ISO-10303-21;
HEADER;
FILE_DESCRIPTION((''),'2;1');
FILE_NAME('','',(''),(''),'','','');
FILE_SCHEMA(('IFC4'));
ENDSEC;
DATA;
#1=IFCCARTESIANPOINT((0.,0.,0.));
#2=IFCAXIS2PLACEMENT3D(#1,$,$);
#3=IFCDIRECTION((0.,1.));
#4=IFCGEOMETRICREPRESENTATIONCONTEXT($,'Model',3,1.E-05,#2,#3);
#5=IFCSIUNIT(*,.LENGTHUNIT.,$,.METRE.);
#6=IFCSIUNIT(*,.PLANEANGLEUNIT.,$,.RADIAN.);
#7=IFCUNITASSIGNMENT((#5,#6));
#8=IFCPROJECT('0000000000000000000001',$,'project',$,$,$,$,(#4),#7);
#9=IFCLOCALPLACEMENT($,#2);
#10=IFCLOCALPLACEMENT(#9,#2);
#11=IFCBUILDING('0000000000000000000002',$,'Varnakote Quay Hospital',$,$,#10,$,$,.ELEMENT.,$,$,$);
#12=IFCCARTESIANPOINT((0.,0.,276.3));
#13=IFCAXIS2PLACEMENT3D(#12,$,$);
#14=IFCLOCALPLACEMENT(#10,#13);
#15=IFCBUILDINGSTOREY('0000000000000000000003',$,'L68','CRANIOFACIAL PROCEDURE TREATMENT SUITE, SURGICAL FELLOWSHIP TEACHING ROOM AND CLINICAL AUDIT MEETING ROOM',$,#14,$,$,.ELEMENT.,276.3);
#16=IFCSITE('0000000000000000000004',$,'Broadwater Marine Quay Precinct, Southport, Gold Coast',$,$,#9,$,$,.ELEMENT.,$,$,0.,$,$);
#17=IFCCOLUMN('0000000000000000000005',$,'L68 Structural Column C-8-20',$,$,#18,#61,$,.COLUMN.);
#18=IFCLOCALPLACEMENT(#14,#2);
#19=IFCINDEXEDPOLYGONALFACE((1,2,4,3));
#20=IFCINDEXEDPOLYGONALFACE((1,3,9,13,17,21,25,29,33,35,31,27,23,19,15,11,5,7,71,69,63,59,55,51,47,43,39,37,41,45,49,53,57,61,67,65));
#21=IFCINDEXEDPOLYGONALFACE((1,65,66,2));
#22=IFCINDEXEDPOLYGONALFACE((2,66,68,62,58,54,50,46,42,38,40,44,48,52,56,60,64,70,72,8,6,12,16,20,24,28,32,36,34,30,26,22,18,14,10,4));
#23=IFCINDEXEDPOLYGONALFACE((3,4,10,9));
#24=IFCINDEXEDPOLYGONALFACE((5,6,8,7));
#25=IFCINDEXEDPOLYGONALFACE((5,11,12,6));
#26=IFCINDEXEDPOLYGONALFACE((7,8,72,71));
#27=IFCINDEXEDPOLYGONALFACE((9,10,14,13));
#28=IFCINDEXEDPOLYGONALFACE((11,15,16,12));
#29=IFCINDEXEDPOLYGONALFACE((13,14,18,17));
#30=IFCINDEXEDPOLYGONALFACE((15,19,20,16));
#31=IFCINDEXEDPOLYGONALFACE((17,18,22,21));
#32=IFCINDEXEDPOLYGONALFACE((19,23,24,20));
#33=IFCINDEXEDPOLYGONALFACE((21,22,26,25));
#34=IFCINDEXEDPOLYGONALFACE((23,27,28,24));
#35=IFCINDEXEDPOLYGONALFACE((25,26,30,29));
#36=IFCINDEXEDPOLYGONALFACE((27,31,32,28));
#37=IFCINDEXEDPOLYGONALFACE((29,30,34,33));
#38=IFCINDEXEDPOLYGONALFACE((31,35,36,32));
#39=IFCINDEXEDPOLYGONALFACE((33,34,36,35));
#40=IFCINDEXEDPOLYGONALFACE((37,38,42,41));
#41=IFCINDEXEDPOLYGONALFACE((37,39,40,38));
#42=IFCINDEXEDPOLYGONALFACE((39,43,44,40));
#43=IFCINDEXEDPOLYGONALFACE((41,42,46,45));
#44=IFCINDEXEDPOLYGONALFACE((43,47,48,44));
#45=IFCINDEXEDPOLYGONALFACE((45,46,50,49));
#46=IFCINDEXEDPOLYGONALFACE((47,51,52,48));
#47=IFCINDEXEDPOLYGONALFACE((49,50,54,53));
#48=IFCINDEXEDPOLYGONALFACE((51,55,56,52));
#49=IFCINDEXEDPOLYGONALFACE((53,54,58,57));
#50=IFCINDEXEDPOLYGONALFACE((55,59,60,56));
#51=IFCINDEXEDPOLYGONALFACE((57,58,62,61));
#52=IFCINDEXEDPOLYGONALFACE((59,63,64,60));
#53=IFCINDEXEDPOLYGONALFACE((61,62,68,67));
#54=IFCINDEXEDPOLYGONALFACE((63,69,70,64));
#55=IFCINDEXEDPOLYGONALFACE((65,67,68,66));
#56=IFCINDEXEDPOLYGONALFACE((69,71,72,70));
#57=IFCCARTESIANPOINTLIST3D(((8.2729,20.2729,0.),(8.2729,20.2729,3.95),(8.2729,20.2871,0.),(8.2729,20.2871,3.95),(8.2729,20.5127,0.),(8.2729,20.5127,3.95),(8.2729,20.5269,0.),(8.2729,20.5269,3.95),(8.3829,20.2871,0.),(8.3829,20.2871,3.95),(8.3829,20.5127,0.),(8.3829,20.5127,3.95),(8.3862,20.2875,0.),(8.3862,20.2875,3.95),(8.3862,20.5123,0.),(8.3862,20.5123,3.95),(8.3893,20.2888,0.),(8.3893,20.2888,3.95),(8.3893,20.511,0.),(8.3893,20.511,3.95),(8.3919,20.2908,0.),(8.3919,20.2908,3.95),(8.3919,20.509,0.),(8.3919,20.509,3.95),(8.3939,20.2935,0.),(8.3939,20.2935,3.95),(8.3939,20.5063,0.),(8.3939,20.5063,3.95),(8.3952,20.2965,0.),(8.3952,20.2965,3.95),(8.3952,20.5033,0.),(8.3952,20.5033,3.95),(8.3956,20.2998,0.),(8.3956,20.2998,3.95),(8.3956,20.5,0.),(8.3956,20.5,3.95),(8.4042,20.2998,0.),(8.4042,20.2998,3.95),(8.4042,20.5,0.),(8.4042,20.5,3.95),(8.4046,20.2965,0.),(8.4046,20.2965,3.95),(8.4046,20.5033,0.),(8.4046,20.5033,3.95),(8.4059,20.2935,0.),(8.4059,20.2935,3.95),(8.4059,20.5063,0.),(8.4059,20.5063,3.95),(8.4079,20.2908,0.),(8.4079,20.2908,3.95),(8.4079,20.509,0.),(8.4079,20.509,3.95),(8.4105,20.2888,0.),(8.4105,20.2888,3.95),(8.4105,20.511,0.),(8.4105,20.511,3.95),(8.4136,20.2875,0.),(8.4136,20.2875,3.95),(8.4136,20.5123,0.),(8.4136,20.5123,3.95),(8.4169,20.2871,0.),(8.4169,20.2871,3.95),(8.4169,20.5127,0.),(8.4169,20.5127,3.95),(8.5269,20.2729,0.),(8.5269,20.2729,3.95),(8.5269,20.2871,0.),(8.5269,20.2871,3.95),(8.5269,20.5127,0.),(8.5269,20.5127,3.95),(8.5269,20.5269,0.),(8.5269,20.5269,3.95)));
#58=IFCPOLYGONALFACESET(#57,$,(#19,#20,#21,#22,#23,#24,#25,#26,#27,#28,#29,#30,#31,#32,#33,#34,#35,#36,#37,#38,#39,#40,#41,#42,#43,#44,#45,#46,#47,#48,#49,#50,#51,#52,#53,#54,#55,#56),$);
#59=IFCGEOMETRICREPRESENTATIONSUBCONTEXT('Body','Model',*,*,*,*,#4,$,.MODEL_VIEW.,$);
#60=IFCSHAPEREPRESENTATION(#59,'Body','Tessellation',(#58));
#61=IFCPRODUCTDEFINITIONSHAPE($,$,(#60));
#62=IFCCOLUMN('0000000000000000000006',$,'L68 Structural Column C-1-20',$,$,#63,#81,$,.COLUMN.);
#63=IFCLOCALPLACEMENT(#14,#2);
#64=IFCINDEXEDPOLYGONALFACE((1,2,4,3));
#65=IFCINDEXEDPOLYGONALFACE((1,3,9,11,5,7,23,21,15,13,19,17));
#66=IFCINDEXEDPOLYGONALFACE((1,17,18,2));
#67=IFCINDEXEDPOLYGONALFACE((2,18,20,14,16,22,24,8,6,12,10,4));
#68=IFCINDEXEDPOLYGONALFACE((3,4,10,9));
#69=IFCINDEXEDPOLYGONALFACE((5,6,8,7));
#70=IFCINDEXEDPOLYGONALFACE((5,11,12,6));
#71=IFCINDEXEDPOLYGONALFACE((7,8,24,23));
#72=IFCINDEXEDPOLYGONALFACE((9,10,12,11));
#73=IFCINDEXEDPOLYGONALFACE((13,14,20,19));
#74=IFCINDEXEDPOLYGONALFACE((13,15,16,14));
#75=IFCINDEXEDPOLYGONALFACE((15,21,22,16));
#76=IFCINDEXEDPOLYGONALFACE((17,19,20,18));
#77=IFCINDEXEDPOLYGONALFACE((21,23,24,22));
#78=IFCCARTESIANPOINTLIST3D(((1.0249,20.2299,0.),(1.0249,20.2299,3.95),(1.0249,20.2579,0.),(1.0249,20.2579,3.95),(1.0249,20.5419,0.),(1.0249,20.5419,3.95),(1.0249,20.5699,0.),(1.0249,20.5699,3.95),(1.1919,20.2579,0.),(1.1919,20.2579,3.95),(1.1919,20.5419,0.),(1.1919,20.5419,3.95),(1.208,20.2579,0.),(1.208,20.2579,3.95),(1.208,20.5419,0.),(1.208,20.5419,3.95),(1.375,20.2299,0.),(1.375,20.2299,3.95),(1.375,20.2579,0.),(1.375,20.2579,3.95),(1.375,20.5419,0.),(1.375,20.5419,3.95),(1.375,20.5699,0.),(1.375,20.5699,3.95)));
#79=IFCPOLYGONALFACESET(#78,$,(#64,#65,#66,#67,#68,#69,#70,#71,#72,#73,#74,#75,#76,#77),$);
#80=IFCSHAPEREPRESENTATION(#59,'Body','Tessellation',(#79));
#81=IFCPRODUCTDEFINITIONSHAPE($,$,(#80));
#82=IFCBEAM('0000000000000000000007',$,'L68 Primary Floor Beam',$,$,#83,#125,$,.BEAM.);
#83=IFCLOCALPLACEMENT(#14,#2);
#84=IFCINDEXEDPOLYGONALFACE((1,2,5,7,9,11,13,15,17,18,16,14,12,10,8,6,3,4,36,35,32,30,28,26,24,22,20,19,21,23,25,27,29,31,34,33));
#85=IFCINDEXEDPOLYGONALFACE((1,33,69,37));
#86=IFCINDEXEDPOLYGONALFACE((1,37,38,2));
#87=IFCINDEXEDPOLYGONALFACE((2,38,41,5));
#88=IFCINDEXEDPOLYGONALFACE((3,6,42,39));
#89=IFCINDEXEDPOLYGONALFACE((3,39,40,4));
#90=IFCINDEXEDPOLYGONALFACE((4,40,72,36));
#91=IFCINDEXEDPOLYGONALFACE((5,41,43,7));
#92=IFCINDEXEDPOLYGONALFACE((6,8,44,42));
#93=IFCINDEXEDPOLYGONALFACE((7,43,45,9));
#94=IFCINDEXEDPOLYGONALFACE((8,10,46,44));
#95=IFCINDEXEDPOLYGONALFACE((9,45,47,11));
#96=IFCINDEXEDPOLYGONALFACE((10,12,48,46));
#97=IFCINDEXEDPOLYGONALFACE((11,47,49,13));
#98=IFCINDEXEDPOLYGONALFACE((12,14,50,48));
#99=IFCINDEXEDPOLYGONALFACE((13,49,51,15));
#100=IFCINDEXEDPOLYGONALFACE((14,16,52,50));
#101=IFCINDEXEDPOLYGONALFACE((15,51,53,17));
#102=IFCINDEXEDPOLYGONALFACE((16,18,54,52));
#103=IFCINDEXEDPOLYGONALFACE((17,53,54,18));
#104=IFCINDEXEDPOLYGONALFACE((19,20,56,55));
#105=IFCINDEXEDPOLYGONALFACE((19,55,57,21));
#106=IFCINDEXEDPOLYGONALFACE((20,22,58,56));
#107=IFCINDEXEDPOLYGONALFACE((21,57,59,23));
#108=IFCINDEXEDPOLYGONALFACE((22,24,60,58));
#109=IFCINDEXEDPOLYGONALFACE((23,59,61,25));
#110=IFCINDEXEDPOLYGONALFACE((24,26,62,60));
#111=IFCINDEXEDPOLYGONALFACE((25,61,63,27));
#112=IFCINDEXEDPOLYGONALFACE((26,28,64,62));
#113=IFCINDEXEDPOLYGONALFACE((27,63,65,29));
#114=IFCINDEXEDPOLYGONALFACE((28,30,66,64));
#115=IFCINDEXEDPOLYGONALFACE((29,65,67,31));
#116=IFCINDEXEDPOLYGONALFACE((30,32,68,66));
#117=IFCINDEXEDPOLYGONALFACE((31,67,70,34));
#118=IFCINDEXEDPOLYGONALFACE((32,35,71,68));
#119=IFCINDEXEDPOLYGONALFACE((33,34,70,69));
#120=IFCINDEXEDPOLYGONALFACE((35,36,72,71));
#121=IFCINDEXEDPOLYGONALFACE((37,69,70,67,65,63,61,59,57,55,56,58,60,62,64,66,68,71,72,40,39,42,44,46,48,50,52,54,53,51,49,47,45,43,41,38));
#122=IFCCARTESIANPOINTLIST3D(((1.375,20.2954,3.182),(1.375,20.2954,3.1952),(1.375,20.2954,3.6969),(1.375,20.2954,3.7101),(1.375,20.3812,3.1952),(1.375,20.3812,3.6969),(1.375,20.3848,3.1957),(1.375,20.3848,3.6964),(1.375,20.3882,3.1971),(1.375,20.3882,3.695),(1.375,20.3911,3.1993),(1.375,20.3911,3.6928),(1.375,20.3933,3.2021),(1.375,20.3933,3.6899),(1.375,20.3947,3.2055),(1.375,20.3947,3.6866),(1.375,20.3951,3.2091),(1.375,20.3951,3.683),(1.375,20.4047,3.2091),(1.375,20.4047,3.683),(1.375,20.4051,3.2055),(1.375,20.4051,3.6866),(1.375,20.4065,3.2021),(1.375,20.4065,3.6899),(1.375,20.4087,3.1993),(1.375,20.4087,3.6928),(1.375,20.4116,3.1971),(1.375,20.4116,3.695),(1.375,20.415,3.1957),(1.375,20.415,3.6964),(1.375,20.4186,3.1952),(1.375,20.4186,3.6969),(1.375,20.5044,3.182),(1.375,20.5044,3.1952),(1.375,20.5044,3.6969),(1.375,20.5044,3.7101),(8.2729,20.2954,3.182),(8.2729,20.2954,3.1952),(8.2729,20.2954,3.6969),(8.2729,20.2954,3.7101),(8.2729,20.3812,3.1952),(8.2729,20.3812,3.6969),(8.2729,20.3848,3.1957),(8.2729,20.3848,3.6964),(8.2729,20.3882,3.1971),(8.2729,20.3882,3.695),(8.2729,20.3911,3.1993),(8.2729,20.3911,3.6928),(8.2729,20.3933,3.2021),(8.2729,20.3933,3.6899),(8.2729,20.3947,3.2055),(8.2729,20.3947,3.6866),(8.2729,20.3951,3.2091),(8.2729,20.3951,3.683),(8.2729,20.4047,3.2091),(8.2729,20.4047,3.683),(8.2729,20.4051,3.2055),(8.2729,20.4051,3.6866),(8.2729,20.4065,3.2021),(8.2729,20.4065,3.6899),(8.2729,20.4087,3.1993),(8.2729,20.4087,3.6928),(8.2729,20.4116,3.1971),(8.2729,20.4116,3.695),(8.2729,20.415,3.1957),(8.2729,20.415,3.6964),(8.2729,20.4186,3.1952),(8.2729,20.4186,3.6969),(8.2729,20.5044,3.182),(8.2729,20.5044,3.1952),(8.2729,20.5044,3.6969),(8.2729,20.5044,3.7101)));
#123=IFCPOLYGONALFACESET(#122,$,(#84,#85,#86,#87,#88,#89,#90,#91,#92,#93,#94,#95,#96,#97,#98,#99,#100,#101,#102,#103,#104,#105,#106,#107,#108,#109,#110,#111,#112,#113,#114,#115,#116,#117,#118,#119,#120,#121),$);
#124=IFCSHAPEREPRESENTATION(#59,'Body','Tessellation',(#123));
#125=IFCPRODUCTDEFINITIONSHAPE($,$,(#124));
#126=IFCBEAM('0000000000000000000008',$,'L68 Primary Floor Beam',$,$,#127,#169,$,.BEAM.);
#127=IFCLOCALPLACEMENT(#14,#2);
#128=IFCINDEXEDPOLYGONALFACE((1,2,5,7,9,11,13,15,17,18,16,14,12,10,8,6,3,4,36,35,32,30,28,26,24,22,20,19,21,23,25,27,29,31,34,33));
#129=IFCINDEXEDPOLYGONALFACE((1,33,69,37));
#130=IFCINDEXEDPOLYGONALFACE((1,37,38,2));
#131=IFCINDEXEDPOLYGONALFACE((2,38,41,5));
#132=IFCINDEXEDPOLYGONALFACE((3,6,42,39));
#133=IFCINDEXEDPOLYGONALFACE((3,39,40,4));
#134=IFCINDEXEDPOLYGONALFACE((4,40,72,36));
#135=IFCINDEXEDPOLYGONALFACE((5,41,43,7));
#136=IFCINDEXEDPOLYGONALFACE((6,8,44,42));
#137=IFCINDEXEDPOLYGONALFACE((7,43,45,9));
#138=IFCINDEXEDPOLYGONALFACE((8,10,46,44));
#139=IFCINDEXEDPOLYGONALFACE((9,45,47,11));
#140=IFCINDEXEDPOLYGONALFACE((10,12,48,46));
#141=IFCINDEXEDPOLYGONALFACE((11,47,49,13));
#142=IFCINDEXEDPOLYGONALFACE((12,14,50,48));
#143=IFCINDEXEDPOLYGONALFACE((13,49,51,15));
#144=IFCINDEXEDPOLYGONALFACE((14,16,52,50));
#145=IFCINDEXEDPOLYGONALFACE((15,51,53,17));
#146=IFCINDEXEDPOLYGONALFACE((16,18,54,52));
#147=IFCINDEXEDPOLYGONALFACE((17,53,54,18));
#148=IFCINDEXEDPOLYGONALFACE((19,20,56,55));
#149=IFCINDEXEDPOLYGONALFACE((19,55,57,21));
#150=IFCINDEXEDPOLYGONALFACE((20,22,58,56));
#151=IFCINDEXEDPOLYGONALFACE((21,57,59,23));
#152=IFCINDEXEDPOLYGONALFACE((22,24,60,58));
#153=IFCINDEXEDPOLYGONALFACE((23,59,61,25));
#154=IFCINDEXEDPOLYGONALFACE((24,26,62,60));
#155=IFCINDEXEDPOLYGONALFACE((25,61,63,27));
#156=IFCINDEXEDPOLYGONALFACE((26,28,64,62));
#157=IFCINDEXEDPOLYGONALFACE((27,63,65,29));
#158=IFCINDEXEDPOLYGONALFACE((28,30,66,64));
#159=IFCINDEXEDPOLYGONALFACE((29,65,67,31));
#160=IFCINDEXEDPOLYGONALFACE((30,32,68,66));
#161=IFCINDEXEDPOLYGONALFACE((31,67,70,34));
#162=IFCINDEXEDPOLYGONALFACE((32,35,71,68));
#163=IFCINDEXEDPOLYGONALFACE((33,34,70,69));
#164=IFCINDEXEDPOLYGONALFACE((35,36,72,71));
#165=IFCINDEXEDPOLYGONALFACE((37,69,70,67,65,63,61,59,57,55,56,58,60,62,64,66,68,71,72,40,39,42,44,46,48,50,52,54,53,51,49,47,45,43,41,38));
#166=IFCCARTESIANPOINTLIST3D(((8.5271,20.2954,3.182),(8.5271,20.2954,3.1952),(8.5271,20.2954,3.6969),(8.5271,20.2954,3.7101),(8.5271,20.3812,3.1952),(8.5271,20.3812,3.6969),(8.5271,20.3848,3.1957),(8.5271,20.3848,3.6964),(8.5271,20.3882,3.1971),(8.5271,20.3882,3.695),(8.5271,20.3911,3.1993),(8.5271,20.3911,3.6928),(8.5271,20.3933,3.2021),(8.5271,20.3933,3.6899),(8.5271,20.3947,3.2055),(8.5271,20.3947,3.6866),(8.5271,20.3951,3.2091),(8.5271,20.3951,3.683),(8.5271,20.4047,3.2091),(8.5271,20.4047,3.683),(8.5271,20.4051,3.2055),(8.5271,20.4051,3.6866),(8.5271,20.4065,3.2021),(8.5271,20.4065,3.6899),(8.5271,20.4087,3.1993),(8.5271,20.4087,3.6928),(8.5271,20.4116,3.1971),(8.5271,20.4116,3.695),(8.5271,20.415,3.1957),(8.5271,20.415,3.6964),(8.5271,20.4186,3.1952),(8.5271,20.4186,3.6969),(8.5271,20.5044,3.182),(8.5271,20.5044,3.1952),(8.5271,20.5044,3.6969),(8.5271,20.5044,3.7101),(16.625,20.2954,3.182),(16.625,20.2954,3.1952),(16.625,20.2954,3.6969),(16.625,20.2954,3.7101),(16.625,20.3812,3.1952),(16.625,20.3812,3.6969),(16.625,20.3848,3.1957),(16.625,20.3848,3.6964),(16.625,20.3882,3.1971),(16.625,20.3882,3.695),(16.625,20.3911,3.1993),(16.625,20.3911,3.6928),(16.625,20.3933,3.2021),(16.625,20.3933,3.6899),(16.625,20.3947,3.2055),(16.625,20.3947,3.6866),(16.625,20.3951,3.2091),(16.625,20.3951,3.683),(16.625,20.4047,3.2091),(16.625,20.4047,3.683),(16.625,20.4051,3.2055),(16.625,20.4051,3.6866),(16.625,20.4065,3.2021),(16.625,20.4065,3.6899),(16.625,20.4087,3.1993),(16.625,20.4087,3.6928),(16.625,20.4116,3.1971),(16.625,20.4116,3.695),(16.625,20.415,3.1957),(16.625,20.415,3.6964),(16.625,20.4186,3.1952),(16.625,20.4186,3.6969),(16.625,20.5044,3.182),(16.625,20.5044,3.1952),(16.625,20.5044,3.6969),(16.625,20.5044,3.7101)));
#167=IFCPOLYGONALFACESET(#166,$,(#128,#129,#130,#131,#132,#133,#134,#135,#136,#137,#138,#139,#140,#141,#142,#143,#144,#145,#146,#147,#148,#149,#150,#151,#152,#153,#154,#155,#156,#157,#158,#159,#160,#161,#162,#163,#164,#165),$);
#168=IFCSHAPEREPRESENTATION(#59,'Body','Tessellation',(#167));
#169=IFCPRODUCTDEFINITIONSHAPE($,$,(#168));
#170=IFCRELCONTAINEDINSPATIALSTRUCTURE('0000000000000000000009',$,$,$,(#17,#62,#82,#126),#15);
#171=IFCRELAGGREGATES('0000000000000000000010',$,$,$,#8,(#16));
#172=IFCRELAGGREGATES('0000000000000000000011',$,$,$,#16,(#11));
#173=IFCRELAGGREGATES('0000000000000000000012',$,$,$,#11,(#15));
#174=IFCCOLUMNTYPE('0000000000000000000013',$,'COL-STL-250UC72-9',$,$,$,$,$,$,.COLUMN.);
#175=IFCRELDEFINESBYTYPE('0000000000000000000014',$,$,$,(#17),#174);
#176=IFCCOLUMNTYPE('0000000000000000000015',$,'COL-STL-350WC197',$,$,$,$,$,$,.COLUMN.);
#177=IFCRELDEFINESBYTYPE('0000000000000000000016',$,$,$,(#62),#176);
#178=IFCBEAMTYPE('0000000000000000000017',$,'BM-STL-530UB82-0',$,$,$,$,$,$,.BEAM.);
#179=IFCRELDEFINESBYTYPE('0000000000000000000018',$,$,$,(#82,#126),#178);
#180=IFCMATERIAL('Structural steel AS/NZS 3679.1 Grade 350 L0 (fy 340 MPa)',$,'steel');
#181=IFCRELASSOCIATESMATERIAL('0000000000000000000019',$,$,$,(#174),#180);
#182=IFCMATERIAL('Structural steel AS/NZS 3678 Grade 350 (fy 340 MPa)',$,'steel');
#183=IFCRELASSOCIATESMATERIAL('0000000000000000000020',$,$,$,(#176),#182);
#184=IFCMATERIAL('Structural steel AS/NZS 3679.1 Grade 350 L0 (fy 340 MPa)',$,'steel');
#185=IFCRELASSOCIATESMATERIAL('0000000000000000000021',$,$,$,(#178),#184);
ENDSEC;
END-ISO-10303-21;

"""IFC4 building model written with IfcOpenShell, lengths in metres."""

from ifc_helpers import new_model, si_unit, direction, frame, origin, origin_2d, place, context, subcontext, project, spatial, i_section, extrude, material, material_profile, profile_set, type_object, element, save


model = new_model("IFC4")

# Units and contexts
model_context = context("Model", 3, precision=1e-05, world=origin(), true_north=direction((0.0, 1.0)))
body_context = subcontext(model_context, "Body", "Model", "MODEL_VIEW")
ifc_project = project(units=[si_unit("LENGTHUNIT", "METRE"), si_unit("PLANEANGLEUNIT", "RADIAN")], contexts=[model_context])

# Site, building, storey
site_placement = place(None, origin())
site = spatial("IfcSite", under=ifc_project, at=site_placement, Name="Broadwater Marine Quay Precinct, Southport, Gold Coast", CompositionType="ELEMENT", RefElevation=0.0)
building_placement = place(site_placement, origin())
building = spatial("IfcBuilding", under=site, at=building_placement, Name="Varnakote Quay Hospital", CompositionType="ELEMENT")
storey_placement = place(building_placement, frame((0.0, 0.0, 276.3)))
storey = spatial("IfcBuildingStorey", under=building, at=storey_placement, Name="L68", Description="CRANIOFACIAL PROCEDURE TREATMENT SUITE, SURGICAL FELLOWSHIP TEACHING ROOM AND CLINICAL AUDIT MEETING ROOM", CompositionType="ELEMENT", Elevation=276.3)

# Columns
ifc_material_1 = material(Name="Structural steel AS/NZS 3679.1 Grade 350 L0 (fy 340 MPa)", Category="steel")
ifc_material_profile_1 = material_profile(ifc_material_1, i_section(OverallWidth=0.2539, OverallDepth=0.2539, WebThickness=0.0085, FlangeThickness=0.0142, FilletRadius=0.0127, at=origin_2d()), Name="250UC72.9")
ifc_profile_set_1 = profile_set([ifc_material_profile_1], Name="Structural steel AS/NZS 3679.1 Grade 350 L0 (fy 340 MPa)")
column_type_1 = type_object("IfcColumnType", Name="COL-STL-250UC72-9", PredefinedType="COLUMN", material=ifc_profile_set_1)
column_1_placement = place(storey_placement, frame((8.3999, 20.3999, 0.0), z_axis=(0.0, 0.0, 1.0), x_axis=(1.0, 0.0, 0.0)))
element("IfcColumn", 1, at=column_1_placement, inside=storey, type_object=column_type_1, Name="L68 Structural Column C-8-20", PredefinedType="COLUMN", context=body_context, shape_type="SweptSolid", body=[
    extrude(i_section(OverallWidth=0.2539, OverallDepth=0.2539, WebThickness=0.0085, FlangeThickness=0.0142, FilletRadius=0.0127, at=origin_2d()), origin(), (0.0, 0.0, 1.0), 3.95),
])
ifc_material_2 = material(Name="Structural steel AS/NZS 3678 Grade 350 (fy 340 MPa)", Category="steel")
ifc_material_profile_2 = material_profile(ifc_material_2, i_section(OverallWidth=0.3501, OverallDepth=0.3401, WebThickness=0.0161, FlangeThickness=0.0281, at=origin_2d()), Name="350WC197")
ifc_profile_set_2 = profile_set([ifc_material_profile_2], Name="Structural steel AS/NZS 3678 Grade 350 (fy 340 MPa)")
column_type_2 = type_object("IfcColumnType", Name="COL-STL-350WC197", PredefinedType="COLUMN", material=ifc_profile_set_2)
column_2_placement = place(storey_placement, frame((1.2, 20.3999, 0.0), z_axis=(0.0, 0.0, 1.0), x_axis=(1.0, 0.0, 0.0)))
element("IfcColumn", 2, at=column_2_placement, inside=storey, type_object=column_type_2, Name="L68 Structural Column C-1-20", PredefinedType="COLUMN", context=body_context, shape_type="SweptSolid", body=[
    extrude(i_section(OverallWidth=0.3501, OverallDepth=0.3401, WebThickness=0.0161, FlangeThickness=0.0281, at=origin_2d()), origin(), (0.0, 0.0, 1.0), 3.95),
])

# Beams
ifc_material_3 = material(Name="Structural steel AS/NZS 3679.1 Grade 350 L0 (fy 340 MPa)", Category="steel")
ifc_material_profile_3 = material_profile(ifc_material_3, i_section(OverallWidth=0.209, OverallDepth=0.5281, WebThickness=0.0095, FlangeThickness=0.0132, FilletRadius=0.0139, at=origin_2d()), Name="530UB82.0")
ifc_profile_set_3 = profile_set([ifc_material_profile_3], Name="Structural steel AS/NZS 3679.1 Grade 350 L0 (fy 340 MPa)")
beam_type_1 = type_object("IfcBeamType", Name="BM-STL-530UB82-0", PredefinedType="BEAM", material=ifc_profile_set_3)
beam_1_placement = place(storey_placement, frame((1.375, 20.3999, 3.446), z_axis=(1.0, 0.0, 0.0), x_axis=(0.0, 1.0, 0.0)))
element("IfcBeam", 3, at=beam_1_placement, inside=storey, type_object=beam_type_1, Name="L68 Primary Floor Beam", PredefinedType="BEAM", context=body_context, shape_type="SweptSolid", body=[
    extrude(i_section(OverallWidth=0.209, OverallDepth=0.5281, WebThickness=0.0095, FlangeThickness=0.0132, FilletRadius=0.0139, at=origin_2d()), origin(), (0.0, 0.0, 1.0), 6.8979),
])
beam_2_placement = place(storey_placement, frame((8.5271, 20.3999, 3.446), z_axis=(1.0, 0.0, 0.0), x_axis=(0.0, 1.0, 0.0)))
element("IfcBeam", 4, at=beam_2_placement, inside=storey, type_object=beam_type_1, Name="L68 Primary Floor Beam", PredefinedType="BEAM", context=body_context, shape_type="SweptSolid", body=[
    extrude(i_section(OverallWidth=0.209, OverallDepth=0.5281, WebThickness=0.0095, FlangeThickness=0.0132, FilletRadius=0.0139, at=origin_2d()), origin(), (0.0, 0.0, 1.0), 8.0979),
])

save(model, "model.ifc")
